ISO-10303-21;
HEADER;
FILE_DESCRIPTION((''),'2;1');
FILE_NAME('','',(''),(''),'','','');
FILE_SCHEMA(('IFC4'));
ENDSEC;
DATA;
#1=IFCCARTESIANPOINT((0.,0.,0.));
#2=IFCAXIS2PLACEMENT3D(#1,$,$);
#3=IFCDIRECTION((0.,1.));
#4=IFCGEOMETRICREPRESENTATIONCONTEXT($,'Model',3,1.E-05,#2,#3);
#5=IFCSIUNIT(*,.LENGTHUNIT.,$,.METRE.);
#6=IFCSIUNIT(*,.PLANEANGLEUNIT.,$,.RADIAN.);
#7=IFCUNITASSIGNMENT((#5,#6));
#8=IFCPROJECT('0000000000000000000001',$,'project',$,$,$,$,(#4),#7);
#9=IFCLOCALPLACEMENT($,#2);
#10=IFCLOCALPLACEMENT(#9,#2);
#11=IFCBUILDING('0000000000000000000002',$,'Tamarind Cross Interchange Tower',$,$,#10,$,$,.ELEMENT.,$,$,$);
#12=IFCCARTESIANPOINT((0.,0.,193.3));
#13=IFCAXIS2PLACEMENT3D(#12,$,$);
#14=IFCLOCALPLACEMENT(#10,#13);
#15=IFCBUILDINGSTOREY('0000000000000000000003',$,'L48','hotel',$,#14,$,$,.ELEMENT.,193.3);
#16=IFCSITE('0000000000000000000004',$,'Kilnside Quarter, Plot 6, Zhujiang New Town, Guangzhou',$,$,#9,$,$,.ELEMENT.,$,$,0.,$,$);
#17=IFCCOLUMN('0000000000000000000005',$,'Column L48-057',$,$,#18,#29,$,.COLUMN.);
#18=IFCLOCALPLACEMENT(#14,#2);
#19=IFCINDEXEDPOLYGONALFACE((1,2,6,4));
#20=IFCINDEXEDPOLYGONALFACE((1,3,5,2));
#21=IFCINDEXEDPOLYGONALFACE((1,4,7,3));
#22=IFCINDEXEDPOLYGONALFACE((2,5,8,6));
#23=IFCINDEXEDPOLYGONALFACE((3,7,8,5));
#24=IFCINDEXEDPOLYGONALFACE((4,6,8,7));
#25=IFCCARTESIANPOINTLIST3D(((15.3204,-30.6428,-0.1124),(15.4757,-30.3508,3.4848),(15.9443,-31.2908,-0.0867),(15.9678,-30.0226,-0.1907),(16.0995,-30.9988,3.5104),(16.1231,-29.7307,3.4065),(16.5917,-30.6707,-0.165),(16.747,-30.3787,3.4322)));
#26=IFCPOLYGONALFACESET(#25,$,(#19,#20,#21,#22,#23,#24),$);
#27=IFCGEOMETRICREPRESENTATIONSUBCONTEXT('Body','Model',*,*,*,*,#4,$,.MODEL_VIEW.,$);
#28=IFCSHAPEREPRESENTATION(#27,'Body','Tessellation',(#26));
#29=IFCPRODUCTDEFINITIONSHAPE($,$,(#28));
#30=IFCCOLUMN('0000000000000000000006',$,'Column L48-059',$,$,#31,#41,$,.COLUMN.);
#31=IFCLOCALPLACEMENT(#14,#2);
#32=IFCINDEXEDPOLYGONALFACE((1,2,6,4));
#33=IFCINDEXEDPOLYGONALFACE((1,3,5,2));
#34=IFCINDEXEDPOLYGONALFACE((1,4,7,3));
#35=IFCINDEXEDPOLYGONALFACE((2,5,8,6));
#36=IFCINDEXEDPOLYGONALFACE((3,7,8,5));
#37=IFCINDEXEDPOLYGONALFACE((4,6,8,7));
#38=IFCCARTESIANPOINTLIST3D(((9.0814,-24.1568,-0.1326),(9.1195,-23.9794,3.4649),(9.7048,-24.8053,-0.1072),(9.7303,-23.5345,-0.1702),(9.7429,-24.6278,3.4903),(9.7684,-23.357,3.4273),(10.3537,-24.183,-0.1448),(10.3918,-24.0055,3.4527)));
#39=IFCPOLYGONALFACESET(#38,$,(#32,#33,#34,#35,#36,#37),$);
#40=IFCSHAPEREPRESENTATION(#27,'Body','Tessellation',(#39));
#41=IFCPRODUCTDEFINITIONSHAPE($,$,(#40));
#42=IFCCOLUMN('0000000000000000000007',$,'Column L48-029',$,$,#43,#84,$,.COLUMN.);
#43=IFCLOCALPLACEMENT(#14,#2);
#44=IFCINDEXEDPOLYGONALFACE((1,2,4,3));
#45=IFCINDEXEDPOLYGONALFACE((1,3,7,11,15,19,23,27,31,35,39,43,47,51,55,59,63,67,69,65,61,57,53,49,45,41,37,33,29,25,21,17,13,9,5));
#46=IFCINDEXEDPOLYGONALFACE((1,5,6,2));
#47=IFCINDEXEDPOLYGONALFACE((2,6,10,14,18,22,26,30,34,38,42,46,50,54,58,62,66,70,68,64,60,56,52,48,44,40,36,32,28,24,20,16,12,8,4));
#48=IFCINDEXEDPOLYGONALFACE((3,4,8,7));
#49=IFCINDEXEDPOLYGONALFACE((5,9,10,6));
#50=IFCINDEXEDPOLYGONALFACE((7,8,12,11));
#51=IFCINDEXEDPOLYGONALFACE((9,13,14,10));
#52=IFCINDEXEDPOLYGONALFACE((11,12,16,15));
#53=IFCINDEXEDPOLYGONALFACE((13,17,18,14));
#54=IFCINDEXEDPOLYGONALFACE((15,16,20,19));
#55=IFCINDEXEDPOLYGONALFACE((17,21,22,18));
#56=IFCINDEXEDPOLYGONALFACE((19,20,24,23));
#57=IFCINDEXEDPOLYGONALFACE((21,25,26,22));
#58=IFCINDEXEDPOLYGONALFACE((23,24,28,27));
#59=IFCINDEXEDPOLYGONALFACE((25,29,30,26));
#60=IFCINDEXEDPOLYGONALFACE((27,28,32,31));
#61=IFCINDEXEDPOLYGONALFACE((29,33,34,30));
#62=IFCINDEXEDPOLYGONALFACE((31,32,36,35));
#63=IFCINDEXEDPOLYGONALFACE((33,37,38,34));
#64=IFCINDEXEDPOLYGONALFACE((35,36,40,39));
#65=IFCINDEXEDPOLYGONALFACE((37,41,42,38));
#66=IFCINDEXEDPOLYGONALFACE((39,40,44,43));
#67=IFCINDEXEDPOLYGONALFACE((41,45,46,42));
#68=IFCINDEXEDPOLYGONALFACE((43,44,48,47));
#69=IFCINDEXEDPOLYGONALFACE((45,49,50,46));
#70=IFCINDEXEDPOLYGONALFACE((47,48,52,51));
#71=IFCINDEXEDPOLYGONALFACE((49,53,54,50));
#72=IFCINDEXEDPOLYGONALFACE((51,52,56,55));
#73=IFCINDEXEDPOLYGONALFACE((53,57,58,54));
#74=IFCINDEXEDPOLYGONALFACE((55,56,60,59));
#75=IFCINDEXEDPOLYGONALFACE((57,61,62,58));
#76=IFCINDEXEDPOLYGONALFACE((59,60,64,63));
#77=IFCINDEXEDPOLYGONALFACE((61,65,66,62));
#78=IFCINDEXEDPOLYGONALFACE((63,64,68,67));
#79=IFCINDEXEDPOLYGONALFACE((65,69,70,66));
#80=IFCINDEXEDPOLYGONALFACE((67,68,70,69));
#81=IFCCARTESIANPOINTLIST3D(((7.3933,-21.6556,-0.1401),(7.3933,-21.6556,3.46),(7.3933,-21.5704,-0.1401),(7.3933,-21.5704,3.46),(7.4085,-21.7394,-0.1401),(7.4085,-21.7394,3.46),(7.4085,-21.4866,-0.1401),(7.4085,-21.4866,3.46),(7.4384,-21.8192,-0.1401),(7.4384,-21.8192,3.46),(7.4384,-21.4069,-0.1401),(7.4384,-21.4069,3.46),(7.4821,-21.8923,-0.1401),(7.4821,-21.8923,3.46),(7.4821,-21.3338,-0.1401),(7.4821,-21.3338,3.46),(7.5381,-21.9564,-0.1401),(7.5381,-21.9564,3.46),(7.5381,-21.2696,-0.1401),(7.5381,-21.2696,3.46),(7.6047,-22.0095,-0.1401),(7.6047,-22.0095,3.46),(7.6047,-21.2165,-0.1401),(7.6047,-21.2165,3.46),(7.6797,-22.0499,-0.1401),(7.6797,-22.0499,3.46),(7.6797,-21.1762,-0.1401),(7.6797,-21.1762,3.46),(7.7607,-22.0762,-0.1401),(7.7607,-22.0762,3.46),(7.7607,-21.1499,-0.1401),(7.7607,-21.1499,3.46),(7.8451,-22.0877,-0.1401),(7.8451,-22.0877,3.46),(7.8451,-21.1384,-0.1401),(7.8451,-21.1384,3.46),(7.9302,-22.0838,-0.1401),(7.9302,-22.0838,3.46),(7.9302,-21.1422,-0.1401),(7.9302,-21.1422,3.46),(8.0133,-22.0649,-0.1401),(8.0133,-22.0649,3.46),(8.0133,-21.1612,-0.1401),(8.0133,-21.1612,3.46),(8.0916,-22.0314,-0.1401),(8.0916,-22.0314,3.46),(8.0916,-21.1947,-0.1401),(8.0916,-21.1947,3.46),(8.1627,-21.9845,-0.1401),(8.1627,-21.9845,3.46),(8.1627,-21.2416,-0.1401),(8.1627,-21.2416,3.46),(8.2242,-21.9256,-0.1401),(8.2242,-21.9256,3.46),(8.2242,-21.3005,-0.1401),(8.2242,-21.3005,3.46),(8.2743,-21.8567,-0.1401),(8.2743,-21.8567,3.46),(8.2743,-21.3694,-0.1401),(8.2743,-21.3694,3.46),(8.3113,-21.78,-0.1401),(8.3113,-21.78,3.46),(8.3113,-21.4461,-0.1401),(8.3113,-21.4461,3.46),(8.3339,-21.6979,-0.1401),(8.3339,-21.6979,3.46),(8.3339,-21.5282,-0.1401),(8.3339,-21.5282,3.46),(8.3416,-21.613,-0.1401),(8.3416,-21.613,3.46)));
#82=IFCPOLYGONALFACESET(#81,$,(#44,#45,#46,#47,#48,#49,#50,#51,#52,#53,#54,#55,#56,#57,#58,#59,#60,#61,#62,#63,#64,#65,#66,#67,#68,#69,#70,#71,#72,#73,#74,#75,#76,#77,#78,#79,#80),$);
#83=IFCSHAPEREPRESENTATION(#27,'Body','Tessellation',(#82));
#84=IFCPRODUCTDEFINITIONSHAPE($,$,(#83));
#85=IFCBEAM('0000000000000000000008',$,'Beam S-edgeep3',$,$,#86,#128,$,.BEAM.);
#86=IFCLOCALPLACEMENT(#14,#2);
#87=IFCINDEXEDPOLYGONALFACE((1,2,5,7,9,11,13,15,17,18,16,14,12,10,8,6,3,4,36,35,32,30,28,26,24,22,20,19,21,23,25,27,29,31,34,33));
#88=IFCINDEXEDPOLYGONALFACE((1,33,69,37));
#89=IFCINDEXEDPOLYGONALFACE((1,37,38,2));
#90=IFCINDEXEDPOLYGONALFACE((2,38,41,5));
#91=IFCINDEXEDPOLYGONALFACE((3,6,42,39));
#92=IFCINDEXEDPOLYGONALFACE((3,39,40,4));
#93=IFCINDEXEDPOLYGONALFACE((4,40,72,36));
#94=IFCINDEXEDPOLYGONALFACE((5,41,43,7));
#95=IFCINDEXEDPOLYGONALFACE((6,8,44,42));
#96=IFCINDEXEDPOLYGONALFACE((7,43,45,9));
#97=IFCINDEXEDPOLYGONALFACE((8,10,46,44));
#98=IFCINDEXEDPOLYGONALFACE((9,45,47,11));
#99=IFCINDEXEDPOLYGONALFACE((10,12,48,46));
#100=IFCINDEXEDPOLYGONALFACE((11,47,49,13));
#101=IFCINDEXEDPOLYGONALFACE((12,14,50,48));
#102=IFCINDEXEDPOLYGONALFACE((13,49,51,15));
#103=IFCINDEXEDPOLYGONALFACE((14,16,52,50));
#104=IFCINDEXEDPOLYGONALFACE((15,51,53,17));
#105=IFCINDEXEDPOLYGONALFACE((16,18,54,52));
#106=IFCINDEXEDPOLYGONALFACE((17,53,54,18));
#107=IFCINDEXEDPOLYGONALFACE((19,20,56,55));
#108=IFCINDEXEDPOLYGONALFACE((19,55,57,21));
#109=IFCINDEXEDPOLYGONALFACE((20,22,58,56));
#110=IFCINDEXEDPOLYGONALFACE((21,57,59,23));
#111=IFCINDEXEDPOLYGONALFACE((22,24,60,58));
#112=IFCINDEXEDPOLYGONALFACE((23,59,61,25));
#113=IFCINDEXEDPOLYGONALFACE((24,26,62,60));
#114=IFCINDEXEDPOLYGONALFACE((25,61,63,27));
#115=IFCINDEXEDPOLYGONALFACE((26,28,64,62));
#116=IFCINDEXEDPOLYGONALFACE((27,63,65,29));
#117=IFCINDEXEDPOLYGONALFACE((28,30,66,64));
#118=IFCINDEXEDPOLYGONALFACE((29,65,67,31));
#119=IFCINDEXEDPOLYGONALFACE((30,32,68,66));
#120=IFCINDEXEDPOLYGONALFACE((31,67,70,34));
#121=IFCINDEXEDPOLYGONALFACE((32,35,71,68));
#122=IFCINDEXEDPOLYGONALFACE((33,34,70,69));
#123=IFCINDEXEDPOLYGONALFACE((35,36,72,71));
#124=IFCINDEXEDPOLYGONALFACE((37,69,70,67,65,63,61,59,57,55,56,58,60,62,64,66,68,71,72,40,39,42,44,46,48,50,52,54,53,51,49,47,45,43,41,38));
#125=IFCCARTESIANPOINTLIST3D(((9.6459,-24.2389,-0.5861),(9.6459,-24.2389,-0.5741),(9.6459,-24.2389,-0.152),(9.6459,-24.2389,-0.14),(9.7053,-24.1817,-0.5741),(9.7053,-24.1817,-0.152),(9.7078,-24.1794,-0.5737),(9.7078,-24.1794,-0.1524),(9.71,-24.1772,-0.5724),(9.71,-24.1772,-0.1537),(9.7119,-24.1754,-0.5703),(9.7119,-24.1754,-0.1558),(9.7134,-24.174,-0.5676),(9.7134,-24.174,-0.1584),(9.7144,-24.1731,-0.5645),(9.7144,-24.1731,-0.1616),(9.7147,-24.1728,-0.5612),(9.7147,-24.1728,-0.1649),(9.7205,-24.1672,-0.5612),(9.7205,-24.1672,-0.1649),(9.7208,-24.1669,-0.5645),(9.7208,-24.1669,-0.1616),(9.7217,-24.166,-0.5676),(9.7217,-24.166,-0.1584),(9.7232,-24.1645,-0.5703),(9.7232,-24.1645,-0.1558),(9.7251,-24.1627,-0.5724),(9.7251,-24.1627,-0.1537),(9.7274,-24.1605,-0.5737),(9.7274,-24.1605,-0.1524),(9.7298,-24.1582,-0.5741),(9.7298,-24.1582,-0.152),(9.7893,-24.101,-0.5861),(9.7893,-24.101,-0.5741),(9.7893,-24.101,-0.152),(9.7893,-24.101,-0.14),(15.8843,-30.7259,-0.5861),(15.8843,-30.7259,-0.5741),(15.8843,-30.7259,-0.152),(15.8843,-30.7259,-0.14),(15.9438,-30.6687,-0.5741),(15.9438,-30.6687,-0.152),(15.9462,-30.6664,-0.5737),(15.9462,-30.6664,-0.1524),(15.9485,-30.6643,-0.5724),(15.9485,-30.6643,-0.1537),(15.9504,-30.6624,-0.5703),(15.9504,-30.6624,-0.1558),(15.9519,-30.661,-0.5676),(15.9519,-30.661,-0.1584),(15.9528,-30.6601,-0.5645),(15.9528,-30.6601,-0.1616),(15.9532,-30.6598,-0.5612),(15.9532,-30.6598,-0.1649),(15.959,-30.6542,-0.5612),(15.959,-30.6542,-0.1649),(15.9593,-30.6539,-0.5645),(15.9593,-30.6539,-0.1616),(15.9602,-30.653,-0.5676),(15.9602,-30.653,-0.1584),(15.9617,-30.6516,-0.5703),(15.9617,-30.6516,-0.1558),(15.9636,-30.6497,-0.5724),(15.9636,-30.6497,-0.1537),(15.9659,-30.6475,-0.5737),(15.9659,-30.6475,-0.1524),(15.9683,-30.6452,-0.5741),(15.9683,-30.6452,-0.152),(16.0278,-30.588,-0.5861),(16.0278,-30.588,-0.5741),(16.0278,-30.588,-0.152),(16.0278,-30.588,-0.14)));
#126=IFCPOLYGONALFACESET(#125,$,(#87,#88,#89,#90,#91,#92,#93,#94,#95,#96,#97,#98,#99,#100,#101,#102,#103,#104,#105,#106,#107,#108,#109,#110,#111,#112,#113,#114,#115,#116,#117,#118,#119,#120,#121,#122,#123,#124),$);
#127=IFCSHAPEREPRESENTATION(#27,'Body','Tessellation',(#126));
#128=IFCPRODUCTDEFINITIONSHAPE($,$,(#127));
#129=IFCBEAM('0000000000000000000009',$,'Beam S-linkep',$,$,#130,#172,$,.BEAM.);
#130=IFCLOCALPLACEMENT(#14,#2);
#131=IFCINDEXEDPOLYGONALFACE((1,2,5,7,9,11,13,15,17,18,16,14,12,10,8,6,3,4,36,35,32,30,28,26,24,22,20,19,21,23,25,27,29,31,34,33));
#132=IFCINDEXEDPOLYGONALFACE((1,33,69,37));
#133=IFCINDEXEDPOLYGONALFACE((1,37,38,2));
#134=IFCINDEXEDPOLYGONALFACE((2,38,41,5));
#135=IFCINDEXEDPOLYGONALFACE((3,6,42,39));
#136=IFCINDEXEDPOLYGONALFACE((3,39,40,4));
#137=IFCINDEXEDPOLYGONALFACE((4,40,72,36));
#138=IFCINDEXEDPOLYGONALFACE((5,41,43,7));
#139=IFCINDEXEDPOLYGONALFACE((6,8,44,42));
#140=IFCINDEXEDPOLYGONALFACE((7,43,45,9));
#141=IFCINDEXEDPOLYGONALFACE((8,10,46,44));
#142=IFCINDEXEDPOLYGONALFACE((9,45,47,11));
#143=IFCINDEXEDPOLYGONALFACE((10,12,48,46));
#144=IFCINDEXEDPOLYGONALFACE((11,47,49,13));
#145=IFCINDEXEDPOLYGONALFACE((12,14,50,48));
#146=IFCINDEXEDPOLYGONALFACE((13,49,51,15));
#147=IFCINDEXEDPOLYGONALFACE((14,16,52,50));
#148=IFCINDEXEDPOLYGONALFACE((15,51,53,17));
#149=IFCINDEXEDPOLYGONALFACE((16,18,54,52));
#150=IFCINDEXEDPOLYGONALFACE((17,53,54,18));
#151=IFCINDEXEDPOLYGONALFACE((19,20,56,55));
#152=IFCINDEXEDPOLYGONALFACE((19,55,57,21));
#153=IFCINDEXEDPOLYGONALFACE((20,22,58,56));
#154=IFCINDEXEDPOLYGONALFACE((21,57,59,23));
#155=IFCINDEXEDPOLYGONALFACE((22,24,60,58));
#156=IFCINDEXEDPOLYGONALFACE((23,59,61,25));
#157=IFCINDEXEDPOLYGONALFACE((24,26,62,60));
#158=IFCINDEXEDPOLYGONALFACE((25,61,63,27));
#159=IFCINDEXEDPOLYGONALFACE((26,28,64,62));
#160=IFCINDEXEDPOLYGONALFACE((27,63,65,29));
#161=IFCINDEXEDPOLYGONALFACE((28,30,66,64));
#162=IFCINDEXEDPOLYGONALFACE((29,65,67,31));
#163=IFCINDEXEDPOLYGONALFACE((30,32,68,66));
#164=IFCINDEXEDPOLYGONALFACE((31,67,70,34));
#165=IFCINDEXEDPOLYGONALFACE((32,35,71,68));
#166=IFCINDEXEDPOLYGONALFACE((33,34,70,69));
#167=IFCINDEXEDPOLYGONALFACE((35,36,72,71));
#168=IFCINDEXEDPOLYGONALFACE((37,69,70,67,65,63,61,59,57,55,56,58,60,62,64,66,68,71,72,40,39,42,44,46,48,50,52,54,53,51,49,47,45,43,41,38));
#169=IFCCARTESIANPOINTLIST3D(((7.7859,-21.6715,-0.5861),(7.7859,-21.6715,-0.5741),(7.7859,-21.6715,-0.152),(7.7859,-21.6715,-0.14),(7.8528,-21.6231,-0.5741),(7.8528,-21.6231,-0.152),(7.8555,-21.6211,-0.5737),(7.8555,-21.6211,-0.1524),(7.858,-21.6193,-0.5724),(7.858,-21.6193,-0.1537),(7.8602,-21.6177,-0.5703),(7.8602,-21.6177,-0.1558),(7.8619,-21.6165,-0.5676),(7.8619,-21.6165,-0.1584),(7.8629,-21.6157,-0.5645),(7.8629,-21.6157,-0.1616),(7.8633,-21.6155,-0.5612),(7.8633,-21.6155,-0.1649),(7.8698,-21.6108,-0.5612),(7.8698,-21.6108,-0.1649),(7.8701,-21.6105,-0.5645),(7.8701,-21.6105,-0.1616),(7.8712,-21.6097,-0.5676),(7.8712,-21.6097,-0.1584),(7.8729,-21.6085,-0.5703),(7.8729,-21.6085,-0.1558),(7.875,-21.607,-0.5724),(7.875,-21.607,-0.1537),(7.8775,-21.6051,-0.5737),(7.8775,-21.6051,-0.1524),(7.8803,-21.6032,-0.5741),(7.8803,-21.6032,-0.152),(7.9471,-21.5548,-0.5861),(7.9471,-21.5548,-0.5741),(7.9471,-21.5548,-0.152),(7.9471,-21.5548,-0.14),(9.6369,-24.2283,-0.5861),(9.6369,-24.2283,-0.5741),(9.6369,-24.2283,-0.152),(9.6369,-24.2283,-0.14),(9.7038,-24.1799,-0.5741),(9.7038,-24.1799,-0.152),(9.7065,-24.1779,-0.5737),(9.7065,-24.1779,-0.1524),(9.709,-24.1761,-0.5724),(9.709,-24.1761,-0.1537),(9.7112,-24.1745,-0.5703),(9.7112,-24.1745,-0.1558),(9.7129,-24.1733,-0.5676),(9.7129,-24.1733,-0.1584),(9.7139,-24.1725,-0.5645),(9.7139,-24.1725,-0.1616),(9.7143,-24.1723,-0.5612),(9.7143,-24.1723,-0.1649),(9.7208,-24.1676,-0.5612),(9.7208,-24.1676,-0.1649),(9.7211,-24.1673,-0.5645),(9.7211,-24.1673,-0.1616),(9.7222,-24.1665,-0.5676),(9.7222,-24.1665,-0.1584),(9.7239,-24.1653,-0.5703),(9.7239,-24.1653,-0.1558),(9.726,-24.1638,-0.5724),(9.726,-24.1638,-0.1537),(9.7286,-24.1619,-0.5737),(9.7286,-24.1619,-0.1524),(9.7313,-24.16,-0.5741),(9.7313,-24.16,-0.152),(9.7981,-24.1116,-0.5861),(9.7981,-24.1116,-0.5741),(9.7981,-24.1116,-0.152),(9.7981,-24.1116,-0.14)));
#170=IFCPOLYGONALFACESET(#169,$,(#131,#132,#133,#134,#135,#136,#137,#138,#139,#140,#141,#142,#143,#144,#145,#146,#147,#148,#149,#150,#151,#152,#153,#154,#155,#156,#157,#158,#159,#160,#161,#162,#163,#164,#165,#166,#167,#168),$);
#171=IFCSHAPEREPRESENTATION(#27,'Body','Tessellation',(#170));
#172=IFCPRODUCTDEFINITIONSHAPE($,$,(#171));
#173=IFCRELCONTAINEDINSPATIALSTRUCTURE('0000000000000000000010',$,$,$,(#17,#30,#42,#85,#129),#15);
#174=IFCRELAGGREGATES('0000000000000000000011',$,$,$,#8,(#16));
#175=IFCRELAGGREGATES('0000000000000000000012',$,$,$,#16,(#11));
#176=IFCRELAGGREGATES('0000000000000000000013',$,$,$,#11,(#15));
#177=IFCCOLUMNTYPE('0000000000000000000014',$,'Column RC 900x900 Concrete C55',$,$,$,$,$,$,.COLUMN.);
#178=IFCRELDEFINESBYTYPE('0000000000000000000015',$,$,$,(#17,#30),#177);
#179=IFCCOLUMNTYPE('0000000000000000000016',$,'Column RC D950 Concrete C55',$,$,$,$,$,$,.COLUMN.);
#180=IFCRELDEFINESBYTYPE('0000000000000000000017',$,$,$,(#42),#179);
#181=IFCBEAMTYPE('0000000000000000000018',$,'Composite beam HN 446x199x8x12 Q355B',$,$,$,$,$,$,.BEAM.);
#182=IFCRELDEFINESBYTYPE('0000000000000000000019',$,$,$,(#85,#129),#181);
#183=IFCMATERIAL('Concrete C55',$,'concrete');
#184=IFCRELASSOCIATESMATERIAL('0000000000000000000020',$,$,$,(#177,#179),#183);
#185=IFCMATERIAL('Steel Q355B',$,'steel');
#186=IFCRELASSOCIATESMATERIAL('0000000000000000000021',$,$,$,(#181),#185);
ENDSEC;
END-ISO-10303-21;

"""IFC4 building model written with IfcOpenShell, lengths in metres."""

from ifc_helpers import new_model, si_unit, direction, frame, origin, origin_2d, place, context, subcontext, project, spatial, rectangle, circle, i_section, extrude, material, material_profile, profile_set, type_object, element, save


model = new_model("IFC4")

# Units and contexts
model_context = context("Model", 3, precision=1e-05, world=origin(), true_north=direction((0.0, 1.0)))
body_context = subcontext(model_context, "Body", "Model", "MODEL_VIEW")
ifc_project = project(units=[si_unit("LENGTHUNIT", "METRE"), si_unit("PLANEANGLEUNIT", "RADIAN")], contexts=[model_context])

# Site, building, storey
site_placement = place(None, origin())
site = spatial("IfcSite", under=ifc_project, at=site_placement, Name="Kilnside Quarter, Plot 6, Zhujiang New Town, Guangzhou", CompositionType="ELEMENT", RefElevation=0.0)
building_placement = place(site_placement, origin())
building = spatial("IfcBuilding", under=site, at=building_placement, Name="Tamarind Cross Interchange Tower", CompositionType="ELEMENT")
storey_placement = place(building_placement, frame((0.0, 0.0, 193.3)))
storey = spatial("IfcBuildingStorey", under=building, at=storey_placement, Name="L48", Description="hotel", CompositionType="ELEMENT", Elevation=193.3)

# Columns
ifc_material_1 = material(Name="Concrete C55", Category="concrete")
ifc_material_profile_1 = material_profile(ifc_material_1, rectangle(XDim=0.8999, YDim=0.8999, at=origin_2d()), Name="RC 900x900")
ifc_profile_set_1 = profile_set([ifc_material_profile_1], Name="Concrete C55")
column_type_1 = type_object("IfcColumnType", Name="Column RC 900x900 Concrete C55", PredefinedType="COLUMN", material=ifc_profile_set_1)
column_1_placement = place(storey_placement, frame((15.9561, -30.6567, -0.1387), z_axis=(0.042984, 0.080832, 0.9958), x_axis=(-0.719424, -0.689103, 0.086991)))
element("IfcColumn", 1, at=column_1_placement, inside=storey, type_object=column_type_1, Name="Column L48-057", PredefinedType="COLUMN", context=body_context, shape_type="SweptSolid", body=[
    extrude(rectangle(XDim=0.8999, YDim=0.8999, at=origin_2d()), origin(), (0.0, 0.0, 1.0), 3.6123),
])
column_2_placement = place(storey_placement, frame((9.7175, -24.1699, -0.1387), z_axis=(0.010574, 0.049276, 0.998729), x_axis=(-0.721102, -0.69157, 0.041755)))
element("IfcColumn", 2, at=column_2_placement, inside=storey, type_object=column_type_1, Name="Column L48-059", PredefinedType="COLUMN", context=body_context, shape_type="SweptSolid", body=[
    extrude(rectangle(XDim=0.8999, YDim=0.8999, at=origin_2d()), origin(), (0.0, 0.0, 1.0), 3.6021),
])
ifc_material_profile_2 = material_profile(ifc_material_1, circle(Radius=0.4751, at=origin_2d()), Name="RC D950")
ifc_profile_set_2 = profile_set([ifc_material_profile_2], Name="Concrete C55")
column_type_2 = type_object("IfcColumnType", Name="Column RC D950 Concrete C55", PredefinedType="COLUMN", material=ifc_profile_set_2)
column_3_placement = place(storey_placement, frame((7.8665, -21.613, -0.1401), z_axis=(0.0, 0.0, 1.0), x_axis=(1.0, 0.0, 0.0)))
element("IfcColumn", 3, at=column_3_placement, inside=storey, type_object=column_type_2, Name="Column L48-029", PredefinedType="COLUMN", context=body_context, shape_type="SweptSolid", body=[
    extrude(circle(Radius=0.4751, at=origin_2d()), origin(), (0.0, 0.0, 1.0), 3.6001),
])

# Beams
ifc_material_2 = material(Name="Steel Q355B", Category="steel")
ifc_material_profile_3 = material_profile(ifc_material_2, i_section(OverallWidth=0.199, OverallDepth=0.446, WebThickness=0.0081, FlangeThickness=0.012, FilletRadius=0.0129, at=origin_2d()), Name="HN 446x199x8x12")
ifc_profile_set_3 = profile_set([ifc_material_profile_3], Name="Steel Q355B")
beam_type = type_object("IfcBeamType", Name="Composite beam HN 446x199x8x12 Q355B", PredefinedType="BEAM", material=ifc_profile_set_3)
beam_1_placement = place(storey_placement, frame((15.9561, -30.657, -0.363), z_axis=(-0.693165, 0.720779, 0.0), x_axis=(-0.720779, -0.693165, 0.0)))
element("IfcBeam", 4, at=beam_1_placement, inside=storey, type_object=beam_type, Name="Beam S-edgeep3", PredefinedType="BEAM", context=body_context, shape_type="SweptSolid", body=[
    extrude(i_section(OverallWidth=0.199, OverallDepth=0.446, WebThickness=0.0081, FlangeThickness=0.012, FilletRadius=0.0129, at=origin_2d()), origin(), (0.0, 0.0, 1.0), 9.0),
])
beam_2_placement = place(storey_placement, frame((9.7175, -24.1699, -0.363), z_axis=(-0.586414, 0.810012, 0.0), x_axis=(-0.810012, -0.586414, 0.0)))
element("IfcBeam", 5, at=beam_2_placement, inside=storey, type_object=beam_type, Name="Beam S-linkep", PredefinedType="BEAM", context=body_context, shape_type="SweptSolid", body=[
    extrude(i_section(OverallWidth=0.199, OverallDepth=0.446, WebThickness=0.0081, FlangeThickness=0.012, FilletRadius=0.0129, at=origin_2d()), origin(), (0.0, 0.0, 1.0), 3.1565),
])

save(model, "model.ifc")
